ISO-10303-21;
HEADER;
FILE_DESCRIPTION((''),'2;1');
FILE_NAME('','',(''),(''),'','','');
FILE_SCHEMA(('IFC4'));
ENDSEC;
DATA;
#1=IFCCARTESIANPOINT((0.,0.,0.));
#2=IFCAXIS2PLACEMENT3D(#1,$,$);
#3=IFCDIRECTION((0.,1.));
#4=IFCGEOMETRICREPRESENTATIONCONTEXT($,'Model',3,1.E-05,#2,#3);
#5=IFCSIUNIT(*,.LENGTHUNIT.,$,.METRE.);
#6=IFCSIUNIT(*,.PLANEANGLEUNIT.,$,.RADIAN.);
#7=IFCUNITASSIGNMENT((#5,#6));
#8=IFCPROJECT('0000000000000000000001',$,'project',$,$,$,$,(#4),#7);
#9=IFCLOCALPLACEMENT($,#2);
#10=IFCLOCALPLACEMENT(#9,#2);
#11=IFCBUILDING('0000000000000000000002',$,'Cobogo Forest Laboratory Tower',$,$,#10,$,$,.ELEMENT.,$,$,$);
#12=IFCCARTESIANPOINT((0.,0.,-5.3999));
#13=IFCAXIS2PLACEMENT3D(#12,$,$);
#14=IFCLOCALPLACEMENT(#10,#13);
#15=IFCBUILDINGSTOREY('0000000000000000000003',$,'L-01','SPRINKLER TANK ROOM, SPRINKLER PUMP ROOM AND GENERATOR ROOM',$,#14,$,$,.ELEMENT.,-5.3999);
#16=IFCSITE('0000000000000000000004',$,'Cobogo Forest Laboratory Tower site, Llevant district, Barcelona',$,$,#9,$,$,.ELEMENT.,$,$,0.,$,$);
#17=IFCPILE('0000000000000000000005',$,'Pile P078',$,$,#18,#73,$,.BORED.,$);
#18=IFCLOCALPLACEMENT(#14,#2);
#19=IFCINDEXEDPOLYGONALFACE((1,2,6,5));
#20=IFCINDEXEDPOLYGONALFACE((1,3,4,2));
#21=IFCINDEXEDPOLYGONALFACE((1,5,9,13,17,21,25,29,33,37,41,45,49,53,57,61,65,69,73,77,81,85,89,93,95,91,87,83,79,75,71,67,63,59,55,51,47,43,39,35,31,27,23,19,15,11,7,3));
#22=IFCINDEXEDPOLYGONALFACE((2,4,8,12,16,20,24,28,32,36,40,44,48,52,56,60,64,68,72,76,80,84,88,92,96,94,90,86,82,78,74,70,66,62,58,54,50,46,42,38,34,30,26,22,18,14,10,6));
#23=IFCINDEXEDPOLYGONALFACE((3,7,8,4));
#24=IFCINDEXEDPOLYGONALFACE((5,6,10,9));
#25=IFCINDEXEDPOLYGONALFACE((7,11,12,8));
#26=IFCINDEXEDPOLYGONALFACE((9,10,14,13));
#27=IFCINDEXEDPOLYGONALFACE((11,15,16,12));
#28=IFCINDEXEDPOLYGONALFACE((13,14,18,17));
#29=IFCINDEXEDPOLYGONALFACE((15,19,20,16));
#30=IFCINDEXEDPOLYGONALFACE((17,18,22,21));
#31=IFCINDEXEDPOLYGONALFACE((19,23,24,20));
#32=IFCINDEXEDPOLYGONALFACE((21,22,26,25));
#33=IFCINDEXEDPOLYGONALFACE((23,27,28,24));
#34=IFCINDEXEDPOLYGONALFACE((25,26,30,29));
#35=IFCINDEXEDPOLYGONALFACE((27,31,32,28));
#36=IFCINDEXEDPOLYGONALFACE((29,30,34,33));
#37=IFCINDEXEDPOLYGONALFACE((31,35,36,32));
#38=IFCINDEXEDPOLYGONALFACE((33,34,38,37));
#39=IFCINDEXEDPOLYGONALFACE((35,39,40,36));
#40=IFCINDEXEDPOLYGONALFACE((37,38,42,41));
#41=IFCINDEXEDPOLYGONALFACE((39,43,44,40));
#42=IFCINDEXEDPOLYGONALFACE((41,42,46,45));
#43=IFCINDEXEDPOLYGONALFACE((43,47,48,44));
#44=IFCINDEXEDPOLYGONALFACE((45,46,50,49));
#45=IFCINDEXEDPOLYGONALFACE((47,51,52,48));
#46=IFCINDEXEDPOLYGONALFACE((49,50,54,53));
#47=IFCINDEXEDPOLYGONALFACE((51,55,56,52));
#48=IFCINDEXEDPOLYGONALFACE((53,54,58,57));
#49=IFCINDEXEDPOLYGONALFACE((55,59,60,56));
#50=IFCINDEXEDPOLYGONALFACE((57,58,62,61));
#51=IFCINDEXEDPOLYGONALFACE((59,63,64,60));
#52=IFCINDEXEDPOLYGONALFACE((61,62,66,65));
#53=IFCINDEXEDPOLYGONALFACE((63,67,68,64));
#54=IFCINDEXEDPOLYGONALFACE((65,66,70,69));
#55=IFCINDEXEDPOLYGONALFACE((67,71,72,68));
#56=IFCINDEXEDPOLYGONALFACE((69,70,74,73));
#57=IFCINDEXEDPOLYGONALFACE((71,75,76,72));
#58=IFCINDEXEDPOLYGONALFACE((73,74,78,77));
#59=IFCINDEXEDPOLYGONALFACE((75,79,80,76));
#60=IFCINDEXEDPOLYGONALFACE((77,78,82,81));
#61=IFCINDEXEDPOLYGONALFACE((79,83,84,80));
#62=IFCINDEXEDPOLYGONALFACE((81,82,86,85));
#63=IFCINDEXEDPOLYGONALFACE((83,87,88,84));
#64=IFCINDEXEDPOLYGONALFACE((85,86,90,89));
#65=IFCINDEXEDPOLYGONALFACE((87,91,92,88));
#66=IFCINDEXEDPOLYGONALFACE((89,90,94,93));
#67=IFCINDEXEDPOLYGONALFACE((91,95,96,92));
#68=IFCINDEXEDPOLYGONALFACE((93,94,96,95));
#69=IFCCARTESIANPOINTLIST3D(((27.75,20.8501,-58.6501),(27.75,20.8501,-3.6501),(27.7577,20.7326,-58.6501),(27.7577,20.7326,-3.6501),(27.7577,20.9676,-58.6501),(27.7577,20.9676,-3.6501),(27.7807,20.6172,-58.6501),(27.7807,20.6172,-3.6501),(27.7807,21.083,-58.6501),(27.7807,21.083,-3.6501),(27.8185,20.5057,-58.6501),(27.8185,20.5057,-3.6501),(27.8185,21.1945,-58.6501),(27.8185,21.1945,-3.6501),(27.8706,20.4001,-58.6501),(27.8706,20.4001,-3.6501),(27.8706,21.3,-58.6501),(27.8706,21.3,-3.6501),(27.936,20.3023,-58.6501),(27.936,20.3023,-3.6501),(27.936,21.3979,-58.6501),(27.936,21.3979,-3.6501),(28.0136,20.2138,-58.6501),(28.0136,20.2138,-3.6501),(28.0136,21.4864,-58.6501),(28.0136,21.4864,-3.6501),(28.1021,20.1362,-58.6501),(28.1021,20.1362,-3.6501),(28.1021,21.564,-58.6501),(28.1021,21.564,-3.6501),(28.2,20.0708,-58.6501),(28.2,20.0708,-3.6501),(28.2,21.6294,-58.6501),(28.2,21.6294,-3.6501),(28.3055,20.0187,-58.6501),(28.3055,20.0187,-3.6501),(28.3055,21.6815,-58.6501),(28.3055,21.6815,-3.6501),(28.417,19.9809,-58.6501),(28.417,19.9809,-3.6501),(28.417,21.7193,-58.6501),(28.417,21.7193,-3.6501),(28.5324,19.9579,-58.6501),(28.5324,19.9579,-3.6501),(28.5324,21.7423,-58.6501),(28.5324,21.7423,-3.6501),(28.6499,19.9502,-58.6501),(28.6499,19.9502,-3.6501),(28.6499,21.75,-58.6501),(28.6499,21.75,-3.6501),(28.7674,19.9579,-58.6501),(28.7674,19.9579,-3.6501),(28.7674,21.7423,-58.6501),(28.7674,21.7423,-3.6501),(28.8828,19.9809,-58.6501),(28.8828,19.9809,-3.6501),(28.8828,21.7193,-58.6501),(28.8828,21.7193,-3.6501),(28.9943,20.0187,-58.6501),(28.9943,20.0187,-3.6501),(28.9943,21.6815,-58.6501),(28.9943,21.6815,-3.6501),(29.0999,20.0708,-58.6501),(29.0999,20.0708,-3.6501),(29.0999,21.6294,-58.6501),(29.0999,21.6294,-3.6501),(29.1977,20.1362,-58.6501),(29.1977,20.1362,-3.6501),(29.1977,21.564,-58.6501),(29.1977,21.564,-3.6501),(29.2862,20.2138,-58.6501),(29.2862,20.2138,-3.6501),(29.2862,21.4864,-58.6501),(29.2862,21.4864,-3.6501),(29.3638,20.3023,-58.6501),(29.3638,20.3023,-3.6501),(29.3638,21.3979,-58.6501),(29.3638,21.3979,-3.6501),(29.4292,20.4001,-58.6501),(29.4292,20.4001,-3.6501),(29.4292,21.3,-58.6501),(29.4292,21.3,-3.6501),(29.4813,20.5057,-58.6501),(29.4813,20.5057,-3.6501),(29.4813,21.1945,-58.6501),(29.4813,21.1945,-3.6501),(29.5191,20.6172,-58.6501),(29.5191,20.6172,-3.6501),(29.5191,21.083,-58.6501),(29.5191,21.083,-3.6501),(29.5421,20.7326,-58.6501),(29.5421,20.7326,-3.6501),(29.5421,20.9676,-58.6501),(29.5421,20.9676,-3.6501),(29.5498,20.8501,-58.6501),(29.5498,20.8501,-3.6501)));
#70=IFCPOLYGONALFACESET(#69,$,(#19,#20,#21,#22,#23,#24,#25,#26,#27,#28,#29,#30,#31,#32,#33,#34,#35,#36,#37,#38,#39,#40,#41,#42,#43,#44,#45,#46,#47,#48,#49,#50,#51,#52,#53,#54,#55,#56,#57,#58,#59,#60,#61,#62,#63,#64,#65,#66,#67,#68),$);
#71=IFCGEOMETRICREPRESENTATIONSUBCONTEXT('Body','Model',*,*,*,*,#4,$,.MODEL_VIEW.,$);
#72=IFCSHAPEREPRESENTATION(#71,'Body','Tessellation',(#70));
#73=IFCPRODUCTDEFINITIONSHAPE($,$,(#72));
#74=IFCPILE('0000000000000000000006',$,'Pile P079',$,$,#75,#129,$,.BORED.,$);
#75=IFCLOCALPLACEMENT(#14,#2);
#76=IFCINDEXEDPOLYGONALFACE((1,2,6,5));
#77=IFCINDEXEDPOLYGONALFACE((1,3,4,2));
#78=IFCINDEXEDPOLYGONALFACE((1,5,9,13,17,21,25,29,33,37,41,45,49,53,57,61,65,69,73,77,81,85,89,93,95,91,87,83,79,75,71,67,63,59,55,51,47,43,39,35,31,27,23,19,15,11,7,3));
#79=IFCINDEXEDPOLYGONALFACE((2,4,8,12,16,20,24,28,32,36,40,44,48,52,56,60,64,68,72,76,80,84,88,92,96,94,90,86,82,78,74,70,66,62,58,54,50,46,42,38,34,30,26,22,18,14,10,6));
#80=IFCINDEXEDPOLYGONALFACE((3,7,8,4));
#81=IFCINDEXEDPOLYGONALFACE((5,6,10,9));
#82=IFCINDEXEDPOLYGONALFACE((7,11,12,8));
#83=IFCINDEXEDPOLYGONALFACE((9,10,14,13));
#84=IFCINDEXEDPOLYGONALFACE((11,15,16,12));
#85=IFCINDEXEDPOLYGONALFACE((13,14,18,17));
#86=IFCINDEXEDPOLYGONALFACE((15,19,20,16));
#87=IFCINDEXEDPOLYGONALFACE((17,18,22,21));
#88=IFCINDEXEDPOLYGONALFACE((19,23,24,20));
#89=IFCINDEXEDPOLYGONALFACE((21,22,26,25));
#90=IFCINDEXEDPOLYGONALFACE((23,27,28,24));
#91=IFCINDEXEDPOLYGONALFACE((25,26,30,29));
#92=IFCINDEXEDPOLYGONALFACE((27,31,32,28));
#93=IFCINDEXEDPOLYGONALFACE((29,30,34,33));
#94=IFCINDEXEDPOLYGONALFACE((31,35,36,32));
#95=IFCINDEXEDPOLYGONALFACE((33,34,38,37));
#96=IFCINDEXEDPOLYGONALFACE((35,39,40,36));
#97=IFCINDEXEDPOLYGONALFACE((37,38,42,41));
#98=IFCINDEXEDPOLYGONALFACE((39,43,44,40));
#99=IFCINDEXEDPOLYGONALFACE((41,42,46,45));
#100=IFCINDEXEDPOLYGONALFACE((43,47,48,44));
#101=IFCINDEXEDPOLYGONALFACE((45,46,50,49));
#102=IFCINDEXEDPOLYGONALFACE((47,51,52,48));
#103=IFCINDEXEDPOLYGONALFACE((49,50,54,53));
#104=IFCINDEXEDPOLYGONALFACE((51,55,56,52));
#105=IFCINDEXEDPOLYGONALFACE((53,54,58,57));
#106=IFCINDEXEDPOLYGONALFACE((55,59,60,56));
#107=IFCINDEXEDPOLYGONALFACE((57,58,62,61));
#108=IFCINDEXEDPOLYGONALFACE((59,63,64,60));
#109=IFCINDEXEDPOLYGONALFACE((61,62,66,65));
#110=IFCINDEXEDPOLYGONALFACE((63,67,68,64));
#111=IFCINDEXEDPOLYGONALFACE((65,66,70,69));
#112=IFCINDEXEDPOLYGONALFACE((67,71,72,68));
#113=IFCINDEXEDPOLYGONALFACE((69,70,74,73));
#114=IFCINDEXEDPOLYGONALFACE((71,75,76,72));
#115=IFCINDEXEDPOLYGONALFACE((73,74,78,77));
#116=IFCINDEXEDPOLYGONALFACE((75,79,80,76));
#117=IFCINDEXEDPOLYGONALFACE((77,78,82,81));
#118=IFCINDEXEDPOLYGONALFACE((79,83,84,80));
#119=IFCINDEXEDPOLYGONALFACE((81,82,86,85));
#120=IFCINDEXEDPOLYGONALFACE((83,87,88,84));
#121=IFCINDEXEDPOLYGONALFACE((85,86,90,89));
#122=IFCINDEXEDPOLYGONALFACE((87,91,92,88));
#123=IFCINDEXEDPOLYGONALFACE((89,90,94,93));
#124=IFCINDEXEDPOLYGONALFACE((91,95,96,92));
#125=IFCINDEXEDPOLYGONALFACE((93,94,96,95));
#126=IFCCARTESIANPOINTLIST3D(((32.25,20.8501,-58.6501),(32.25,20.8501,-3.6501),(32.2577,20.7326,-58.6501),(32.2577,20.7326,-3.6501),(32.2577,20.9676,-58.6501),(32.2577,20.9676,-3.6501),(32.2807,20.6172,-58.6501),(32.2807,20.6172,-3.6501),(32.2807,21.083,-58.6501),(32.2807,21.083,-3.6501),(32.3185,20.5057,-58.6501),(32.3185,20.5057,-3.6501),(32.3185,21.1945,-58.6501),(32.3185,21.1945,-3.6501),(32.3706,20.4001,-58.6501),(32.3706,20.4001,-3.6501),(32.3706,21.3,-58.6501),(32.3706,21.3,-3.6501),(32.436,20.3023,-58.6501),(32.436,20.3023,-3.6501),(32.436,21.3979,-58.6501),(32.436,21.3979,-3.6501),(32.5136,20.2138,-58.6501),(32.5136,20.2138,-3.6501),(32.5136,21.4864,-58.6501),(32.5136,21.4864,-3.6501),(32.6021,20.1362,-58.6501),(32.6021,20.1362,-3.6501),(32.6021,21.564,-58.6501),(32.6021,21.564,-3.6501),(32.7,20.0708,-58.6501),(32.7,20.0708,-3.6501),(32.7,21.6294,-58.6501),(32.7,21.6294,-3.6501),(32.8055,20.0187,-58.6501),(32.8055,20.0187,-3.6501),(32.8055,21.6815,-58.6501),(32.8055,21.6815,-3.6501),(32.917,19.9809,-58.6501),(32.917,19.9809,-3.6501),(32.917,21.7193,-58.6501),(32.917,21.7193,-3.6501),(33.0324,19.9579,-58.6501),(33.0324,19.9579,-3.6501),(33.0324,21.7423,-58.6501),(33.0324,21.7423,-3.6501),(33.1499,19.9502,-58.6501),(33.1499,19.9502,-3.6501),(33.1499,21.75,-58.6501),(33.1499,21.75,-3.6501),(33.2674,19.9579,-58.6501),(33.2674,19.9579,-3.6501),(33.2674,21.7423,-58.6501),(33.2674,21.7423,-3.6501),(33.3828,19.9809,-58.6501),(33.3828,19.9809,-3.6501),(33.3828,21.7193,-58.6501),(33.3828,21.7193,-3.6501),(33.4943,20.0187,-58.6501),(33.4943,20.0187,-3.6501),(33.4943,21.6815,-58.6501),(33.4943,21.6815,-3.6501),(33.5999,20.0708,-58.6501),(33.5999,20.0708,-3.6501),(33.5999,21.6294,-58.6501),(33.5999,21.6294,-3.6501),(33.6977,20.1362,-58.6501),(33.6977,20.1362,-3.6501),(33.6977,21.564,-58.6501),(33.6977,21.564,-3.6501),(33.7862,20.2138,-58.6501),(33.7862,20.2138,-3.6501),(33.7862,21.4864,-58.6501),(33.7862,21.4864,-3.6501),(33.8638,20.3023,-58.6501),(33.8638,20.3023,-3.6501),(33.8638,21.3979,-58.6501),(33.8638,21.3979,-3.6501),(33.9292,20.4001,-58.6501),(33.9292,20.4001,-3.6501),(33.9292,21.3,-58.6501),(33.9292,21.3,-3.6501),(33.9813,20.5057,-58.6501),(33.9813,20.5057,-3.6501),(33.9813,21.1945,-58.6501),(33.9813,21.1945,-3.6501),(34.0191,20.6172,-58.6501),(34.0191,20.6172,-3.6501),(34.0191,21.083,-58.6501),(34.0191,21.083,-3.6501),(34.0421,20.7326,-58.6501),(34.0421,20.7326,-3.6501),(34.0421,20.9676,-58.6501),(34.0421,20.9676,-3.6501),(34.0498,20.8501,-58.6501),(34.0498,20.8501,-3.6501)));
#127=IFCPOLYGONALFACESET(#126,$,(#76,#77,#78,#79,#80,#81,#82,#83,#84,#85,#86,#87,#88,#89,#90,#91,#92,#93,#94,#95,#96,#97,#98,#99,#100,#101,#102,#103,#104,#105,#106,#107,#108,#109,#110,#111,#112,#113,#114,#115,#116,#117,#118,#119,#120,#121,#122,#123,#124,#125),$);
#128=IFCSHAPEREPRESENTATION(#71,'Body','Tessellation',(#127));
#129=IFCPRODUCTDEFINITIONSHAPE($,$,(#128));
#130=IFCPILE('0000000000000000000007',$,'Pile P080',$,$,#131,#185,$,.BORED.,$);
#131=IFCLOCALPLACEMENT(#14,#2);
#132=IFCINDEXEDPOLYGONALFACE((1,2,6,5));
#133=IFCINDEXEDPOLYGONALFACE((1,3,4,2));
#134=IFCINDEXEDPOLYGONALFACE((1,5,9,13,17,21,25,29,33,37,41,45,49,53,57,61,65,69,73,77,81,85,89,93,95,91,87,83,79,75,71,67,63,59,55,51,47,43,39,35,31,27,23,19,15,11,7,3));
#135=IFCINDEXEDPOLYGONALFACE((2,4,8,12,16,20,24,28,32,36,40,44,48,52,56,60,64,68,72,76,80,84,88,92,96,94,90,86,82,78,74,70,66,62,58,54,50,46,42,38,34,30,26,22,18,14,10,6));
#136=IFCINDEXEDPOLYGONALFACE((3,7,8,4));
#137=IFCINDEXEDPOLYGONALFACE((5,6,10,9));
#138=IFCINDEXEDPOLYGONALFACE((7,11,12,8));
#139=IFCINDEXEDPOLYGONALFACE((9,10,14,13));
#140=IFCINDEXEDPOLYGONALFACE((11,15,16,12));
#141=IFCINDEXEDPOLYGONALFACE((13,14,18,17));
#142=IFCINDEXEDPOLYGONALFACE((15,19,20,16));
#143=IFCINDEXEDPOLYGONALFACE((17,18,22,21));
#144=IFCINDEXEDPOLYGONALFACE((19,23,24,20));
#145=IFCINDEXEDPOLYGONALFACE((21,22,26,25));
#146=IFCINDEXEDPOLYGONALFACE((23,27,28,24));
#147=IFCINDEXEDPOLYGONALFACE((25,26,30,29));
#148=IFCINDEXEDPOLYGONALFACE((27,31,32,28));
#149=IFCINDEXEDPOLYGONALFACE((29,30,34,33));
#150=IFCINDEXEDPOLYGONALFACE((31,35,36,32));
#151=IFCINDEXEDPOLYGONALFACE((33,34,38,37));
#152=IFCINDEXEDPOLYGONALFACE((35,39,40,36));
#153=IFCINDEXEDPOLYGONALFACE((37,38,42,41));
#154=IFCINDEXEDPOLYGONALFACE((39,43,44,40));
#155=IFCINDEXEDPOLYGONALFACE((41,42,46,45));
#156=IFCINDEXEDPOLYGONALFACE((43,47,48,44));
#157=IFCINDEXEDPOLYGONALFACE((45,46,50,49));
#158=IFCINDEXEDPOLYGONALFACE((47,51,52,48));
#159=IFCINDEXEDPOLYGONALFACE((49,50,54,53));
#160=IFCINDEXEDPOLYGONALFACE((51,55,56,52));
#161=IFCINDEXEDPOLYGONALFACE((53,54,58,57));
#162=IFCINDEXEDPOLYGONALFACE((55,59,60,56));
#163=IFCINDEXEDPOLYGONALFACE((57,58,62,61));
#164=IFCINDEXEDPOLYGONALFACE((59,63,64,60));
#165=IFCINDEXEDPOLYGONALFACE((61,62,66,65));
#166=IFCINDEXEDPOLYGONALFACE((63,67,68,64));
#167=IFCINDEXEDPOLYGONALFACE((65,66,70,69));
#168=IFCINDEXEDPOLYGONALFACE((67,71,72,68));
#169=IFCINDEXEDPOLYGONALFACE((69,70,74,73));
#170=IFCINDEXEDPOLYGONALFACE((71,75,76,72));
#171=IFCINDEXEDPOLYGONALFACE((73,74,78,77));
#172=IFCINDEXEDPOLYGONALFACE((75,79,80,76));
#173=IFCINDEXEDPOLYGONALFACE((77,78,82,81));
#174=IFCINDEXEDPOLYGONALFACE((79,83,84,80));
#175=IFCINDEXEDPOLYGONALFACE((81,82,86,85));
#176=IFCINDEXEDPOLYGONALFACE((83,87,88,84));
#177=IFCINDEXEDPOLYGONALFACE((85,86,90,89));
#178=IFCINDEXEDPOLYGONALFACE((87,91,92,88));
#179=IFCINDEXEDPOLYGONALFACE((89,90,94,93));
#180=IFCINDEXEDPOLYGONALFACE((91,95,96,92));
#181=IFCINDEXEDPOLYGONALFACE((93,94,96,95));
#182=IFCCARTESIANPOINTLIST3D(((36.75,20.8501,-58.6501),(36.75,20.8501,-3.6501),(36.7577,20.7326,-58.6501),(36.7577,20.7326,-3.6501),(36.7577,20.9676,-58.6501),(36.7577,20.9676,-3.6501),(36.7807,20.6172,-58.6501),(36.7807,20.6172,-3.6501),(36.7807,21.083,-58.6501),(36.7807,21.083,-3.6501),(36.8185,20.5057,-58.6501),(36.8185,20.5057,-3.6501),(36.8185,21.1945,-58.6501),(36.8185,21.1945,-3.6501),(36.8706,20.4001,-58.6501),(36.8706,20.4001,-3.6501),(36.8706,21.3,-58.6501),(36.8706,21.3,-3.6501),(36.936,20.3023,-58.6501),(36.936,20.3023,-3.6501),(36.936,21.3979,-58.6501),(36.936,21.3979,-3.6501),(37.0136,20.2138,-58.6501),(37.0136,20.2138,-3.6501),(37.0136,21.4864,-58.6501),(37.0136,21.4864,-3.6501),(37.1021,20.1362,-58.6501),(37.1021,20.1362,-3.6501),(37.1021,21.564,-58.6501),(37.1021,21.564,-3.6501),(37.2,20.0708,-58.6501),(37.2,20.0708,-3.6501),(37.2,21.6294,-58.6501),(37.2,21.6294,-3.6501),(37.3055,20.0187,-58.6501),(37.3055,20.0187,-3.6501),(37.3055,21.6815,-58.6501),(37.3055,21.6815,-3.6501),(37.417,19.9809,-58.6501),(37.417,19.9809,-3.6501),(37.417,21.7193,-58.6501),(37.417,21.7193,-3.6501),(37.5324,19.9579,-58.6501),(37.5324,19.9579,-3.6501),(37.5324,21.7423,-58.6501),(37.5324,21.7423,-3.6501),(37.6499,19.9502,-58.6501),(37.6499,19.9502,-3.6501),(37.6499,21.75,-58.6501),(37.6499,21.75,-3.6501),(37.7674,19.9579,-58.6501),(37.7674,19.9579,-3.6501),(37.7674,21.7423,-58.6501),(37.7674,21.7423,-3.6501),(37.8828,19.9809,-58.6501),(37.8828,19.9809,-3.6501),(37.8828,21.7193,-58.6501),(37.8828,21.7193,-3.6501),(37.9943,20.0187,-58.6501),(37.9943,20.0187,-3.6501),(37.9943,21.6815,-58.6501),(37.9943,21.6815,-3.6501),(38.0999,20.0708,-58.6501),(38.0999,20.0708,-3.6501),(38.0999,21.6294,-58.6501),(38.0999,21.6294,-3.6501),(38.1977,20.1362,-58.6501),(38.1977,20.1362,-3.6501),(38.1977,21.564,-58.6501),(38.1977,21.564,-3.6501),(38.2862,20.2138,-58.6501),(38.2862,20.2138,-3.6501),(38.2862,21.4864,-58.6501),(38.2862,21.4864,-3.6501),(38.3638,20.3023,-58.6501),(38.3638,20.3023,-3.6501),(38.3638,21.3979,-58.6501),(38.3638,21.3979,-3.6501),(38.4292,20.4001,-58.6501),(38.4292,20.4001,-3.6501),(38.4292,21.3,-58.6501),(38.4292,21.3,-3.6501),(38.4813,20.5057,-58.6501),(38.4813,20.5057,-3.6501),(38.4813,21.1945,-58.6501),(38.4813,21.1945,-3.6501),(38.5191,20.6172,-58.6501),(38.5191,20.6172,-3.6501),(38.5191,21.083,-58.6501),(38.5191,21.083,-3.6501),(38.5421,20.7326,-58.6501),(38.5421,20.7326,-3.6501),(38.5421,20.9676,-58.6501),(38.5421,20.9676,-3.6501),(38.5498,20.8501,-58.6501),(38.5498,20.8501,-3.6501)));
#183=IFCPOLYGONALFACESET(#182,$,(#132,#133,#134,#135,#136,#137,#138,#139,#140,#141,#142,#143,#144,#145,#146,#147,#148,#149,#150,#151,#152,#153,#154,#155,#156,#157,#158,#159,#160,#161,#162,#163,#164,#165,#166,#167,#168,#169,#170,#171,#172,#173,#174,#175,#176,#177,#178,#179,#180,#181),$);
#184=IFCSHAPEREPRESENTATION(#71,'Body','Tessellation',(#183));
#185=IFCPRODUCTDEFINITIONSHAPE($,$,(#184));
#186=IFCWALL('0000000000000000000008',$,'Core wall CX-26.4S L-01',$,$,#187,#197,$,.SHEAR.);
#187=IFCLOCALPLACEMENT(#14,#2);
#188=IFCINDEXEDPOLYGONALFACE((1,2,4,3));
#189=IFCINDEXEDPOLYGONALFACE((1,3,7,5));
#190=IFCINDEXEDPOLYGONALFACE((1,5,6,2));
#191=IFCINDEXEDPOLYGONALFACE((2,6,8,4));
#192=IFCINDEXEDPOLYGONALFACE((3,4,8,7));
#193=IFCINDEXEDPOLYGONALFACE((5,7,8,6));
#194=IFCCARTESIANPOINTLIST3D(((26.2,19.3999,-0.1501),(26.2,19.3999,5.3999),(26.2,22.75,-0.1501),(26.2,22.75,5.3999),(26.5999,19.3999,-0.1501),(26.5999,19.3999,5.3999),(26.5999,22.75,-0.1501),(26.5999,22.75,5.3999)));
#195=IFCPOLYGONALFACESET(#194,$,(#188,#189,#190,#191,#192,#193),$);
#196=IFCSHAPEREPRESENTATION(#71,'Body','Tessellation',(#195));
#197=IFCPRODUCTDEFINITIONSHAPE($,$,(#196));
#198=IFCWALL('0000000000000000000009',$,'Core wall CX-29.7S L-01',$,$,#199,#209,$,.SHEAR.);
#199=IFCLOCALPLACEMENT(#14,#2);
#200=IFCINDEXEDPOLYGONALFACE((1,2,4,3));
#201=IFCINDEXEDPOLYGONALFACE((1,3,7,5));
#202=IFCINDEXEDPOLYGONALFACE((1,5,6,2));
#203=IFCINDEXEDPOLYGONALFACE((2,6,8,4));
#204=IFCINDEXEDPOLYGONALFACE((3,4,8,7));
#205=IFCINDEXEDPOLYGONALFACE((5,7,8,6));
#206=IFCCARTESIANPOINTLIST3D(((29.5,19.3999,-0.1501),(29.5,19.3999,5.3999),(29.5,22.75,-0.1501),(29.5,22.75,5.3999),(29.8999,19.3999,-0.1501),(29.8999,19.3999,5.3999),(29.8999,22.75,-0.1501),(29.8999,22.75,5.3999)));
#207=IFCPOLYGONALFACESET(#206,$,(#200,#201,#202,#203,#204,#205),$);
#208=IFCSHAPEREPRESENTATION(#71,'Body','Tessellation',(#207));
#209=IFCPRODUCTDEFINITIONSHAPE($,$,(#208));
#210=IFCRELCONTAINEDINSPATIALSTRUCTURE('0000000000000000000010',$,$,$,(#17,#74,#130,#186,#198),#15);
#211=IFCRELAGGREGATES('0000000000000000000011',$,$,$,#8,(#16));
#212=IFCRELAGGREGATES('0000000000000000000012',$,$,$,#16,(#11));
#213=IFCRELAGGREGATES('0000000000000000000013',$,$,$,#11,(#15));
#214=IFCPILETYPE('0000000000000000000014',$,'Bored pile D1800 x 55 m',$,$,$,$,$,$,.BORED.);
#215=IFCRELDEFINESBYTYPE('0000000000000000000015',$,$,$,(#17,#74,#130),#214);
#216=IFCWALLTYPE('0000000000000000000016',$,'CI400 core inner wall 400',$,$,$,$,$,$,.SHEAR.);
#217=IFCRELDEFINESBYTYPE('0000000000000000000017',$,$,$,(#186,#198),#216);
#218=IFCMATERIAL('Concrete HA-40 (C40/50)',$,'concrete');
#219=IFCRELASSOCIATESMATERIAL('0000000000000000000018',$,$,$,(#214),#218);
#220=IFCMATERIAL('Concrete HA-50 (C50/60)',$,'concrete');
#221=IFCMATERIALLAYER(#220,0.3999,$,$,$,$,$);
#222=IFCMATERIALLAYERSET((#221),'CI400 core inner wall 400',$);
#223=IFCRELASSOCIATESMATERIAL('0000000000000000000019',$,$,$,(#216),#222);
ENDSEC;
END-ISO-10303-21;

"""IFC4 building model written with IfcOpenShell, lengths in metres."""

from ifc_helpers import new_model, si_unit, direction, frame, frame_2d, origin, origin_2d, place, context, subcontext, project, spatial, rectangle, circle, extrude, material, layer, layer_set, material_profile, profile_set, type_object, element, save


model = new_model("IFC4")

# Units and contexts
model_context = context("Model", 3, precision=1e-05, world=origin(), true_north=direction((0.0, 1.0)))
body_context = subcontext(model_context, "Body", "Model", "MODEL_VIEW")
ifc_project = project(units=[si_unit("LENGTHUNIT", "METRE"), si_unit("PLANEANGLEUNIT", "RADIAN")], contexts=[model_context])

# Site, building, storey
site_placement = place(None, origin())
site = spatial("IfcSite", under=ifc_project, at=site_placement, Name="Cobogo Forest Laboratory Tower site, Llevant district, Barcelona", CompositionType="ELEMENT", RefElevation=0.0)
building_placement = place(site_placement, origin())
building = spatial("IfcBuilding", under=site, at=building_placement, Name="Cobogo Forest Laboratory Tower", CompositionType="ELEMENT")
storey_placement = place(building_placement, frame((0.0, 0.0, -5.3999)))
storey = spatial("IfcBuildingStorey", under=building, at=storey_placement, Name="L-01", Description="SPRINKLER TANK ROOM, SPRINKLER PUMP ROOM AND GENERATOR ROOM", CompositionType="ELEMENT", Elevation=-5.3999)

# Piles
ifc_material_1 = material(Name="Concrete HA-40 (C40/50)", Category="concrete")
ifc_material_profile = material_profile(ifc_material_1, circle(Radius=0.8999, at=origin_2d()), Name="PILE D1800")
ifc_profile_set = profile_set([ifc_material_profile], Name="Concrete HA-40 (C40/50)")
pile_type = type_object("IfcPileType", Name="Bored pile D1800 x 55 m", PredefinedType="BORED", material=ifc_profile_set)
for number, where, z_axis, x_axis, name in (
    (1, (28.6499, 20.8501, -3.6501), (0.0, 0.0, -1.0), (1.0, 0.0, 0.0), "Pile P078"),
    (2, (33.1499, 20.8501, -3.6501), (0.0, 0.0, -1.0), (1.0, 0.0, 0.0), "Pile P079"),
    (3, (37.6499, 20.8501, -3.6501), (0.0, 0.0, -1.0), (1.0, 0.0, 0.0), "Pile P080"),
):
    element("IfcPile", number, at=place(storey_placement, frame(where, z_axis=z_axis, x_axis=x_axis)), inside=storey, type_object=pile_type, Name=name, PredefinedType="BORED", context=body_context, shape_type="SweptSolid", body=[
        extrude(circle(Radius=0.8999, at=origin_2d()), origin(), (0.0, 0.0, 1.0), 55.0),
    ])

# Walls
ifc_material_2 = material(Name="Concrete HA-50 (C50/60)", Category="concrete")
ifc_layer_1 = layer(ifc_material_2, 0.3999)
ifc_layer_set_1 = layer_set([ifc_layer_1], Name="CI400 core inner wall 400")
wall_type_1 = type_object("IfcWallType", Name="CI400 core inner wall 400", PredefinedType="SHEAR", material=ifc_layer_set_1)
for number, where, z_axis, x_axis, name in (
    (4, (26.3999, 19.3999, -0.1501), (0.0, 0.0, 1.0), (0.0, 1.0, 0.0), "Core wall CX-26.4S L-01"),
    (5, (29.7, 19.3999, -0.1501), (0.0, 0.0, 1.0), (0.0, 1.0, 0.0), "Core wall CX-29.7S L-01"),
):
    element("IfcWall", number, at=place(storey_placement, frame(where, z_axis=z_axis, x_axis=x_axis)), inside=storey, type_object=wall_type_1, Name=name, PredefinedType="SHEAR", context=body_context, shape_type="SweptSolid", body=[
        extrude(rectangle(XDim=3.3501, YDim=0.3999, at=frame_2d((1.675, 0.0))), origin(), (0.0, 0.0, 1.0), 5.55),
    ])

save(model, "model.ifc")
